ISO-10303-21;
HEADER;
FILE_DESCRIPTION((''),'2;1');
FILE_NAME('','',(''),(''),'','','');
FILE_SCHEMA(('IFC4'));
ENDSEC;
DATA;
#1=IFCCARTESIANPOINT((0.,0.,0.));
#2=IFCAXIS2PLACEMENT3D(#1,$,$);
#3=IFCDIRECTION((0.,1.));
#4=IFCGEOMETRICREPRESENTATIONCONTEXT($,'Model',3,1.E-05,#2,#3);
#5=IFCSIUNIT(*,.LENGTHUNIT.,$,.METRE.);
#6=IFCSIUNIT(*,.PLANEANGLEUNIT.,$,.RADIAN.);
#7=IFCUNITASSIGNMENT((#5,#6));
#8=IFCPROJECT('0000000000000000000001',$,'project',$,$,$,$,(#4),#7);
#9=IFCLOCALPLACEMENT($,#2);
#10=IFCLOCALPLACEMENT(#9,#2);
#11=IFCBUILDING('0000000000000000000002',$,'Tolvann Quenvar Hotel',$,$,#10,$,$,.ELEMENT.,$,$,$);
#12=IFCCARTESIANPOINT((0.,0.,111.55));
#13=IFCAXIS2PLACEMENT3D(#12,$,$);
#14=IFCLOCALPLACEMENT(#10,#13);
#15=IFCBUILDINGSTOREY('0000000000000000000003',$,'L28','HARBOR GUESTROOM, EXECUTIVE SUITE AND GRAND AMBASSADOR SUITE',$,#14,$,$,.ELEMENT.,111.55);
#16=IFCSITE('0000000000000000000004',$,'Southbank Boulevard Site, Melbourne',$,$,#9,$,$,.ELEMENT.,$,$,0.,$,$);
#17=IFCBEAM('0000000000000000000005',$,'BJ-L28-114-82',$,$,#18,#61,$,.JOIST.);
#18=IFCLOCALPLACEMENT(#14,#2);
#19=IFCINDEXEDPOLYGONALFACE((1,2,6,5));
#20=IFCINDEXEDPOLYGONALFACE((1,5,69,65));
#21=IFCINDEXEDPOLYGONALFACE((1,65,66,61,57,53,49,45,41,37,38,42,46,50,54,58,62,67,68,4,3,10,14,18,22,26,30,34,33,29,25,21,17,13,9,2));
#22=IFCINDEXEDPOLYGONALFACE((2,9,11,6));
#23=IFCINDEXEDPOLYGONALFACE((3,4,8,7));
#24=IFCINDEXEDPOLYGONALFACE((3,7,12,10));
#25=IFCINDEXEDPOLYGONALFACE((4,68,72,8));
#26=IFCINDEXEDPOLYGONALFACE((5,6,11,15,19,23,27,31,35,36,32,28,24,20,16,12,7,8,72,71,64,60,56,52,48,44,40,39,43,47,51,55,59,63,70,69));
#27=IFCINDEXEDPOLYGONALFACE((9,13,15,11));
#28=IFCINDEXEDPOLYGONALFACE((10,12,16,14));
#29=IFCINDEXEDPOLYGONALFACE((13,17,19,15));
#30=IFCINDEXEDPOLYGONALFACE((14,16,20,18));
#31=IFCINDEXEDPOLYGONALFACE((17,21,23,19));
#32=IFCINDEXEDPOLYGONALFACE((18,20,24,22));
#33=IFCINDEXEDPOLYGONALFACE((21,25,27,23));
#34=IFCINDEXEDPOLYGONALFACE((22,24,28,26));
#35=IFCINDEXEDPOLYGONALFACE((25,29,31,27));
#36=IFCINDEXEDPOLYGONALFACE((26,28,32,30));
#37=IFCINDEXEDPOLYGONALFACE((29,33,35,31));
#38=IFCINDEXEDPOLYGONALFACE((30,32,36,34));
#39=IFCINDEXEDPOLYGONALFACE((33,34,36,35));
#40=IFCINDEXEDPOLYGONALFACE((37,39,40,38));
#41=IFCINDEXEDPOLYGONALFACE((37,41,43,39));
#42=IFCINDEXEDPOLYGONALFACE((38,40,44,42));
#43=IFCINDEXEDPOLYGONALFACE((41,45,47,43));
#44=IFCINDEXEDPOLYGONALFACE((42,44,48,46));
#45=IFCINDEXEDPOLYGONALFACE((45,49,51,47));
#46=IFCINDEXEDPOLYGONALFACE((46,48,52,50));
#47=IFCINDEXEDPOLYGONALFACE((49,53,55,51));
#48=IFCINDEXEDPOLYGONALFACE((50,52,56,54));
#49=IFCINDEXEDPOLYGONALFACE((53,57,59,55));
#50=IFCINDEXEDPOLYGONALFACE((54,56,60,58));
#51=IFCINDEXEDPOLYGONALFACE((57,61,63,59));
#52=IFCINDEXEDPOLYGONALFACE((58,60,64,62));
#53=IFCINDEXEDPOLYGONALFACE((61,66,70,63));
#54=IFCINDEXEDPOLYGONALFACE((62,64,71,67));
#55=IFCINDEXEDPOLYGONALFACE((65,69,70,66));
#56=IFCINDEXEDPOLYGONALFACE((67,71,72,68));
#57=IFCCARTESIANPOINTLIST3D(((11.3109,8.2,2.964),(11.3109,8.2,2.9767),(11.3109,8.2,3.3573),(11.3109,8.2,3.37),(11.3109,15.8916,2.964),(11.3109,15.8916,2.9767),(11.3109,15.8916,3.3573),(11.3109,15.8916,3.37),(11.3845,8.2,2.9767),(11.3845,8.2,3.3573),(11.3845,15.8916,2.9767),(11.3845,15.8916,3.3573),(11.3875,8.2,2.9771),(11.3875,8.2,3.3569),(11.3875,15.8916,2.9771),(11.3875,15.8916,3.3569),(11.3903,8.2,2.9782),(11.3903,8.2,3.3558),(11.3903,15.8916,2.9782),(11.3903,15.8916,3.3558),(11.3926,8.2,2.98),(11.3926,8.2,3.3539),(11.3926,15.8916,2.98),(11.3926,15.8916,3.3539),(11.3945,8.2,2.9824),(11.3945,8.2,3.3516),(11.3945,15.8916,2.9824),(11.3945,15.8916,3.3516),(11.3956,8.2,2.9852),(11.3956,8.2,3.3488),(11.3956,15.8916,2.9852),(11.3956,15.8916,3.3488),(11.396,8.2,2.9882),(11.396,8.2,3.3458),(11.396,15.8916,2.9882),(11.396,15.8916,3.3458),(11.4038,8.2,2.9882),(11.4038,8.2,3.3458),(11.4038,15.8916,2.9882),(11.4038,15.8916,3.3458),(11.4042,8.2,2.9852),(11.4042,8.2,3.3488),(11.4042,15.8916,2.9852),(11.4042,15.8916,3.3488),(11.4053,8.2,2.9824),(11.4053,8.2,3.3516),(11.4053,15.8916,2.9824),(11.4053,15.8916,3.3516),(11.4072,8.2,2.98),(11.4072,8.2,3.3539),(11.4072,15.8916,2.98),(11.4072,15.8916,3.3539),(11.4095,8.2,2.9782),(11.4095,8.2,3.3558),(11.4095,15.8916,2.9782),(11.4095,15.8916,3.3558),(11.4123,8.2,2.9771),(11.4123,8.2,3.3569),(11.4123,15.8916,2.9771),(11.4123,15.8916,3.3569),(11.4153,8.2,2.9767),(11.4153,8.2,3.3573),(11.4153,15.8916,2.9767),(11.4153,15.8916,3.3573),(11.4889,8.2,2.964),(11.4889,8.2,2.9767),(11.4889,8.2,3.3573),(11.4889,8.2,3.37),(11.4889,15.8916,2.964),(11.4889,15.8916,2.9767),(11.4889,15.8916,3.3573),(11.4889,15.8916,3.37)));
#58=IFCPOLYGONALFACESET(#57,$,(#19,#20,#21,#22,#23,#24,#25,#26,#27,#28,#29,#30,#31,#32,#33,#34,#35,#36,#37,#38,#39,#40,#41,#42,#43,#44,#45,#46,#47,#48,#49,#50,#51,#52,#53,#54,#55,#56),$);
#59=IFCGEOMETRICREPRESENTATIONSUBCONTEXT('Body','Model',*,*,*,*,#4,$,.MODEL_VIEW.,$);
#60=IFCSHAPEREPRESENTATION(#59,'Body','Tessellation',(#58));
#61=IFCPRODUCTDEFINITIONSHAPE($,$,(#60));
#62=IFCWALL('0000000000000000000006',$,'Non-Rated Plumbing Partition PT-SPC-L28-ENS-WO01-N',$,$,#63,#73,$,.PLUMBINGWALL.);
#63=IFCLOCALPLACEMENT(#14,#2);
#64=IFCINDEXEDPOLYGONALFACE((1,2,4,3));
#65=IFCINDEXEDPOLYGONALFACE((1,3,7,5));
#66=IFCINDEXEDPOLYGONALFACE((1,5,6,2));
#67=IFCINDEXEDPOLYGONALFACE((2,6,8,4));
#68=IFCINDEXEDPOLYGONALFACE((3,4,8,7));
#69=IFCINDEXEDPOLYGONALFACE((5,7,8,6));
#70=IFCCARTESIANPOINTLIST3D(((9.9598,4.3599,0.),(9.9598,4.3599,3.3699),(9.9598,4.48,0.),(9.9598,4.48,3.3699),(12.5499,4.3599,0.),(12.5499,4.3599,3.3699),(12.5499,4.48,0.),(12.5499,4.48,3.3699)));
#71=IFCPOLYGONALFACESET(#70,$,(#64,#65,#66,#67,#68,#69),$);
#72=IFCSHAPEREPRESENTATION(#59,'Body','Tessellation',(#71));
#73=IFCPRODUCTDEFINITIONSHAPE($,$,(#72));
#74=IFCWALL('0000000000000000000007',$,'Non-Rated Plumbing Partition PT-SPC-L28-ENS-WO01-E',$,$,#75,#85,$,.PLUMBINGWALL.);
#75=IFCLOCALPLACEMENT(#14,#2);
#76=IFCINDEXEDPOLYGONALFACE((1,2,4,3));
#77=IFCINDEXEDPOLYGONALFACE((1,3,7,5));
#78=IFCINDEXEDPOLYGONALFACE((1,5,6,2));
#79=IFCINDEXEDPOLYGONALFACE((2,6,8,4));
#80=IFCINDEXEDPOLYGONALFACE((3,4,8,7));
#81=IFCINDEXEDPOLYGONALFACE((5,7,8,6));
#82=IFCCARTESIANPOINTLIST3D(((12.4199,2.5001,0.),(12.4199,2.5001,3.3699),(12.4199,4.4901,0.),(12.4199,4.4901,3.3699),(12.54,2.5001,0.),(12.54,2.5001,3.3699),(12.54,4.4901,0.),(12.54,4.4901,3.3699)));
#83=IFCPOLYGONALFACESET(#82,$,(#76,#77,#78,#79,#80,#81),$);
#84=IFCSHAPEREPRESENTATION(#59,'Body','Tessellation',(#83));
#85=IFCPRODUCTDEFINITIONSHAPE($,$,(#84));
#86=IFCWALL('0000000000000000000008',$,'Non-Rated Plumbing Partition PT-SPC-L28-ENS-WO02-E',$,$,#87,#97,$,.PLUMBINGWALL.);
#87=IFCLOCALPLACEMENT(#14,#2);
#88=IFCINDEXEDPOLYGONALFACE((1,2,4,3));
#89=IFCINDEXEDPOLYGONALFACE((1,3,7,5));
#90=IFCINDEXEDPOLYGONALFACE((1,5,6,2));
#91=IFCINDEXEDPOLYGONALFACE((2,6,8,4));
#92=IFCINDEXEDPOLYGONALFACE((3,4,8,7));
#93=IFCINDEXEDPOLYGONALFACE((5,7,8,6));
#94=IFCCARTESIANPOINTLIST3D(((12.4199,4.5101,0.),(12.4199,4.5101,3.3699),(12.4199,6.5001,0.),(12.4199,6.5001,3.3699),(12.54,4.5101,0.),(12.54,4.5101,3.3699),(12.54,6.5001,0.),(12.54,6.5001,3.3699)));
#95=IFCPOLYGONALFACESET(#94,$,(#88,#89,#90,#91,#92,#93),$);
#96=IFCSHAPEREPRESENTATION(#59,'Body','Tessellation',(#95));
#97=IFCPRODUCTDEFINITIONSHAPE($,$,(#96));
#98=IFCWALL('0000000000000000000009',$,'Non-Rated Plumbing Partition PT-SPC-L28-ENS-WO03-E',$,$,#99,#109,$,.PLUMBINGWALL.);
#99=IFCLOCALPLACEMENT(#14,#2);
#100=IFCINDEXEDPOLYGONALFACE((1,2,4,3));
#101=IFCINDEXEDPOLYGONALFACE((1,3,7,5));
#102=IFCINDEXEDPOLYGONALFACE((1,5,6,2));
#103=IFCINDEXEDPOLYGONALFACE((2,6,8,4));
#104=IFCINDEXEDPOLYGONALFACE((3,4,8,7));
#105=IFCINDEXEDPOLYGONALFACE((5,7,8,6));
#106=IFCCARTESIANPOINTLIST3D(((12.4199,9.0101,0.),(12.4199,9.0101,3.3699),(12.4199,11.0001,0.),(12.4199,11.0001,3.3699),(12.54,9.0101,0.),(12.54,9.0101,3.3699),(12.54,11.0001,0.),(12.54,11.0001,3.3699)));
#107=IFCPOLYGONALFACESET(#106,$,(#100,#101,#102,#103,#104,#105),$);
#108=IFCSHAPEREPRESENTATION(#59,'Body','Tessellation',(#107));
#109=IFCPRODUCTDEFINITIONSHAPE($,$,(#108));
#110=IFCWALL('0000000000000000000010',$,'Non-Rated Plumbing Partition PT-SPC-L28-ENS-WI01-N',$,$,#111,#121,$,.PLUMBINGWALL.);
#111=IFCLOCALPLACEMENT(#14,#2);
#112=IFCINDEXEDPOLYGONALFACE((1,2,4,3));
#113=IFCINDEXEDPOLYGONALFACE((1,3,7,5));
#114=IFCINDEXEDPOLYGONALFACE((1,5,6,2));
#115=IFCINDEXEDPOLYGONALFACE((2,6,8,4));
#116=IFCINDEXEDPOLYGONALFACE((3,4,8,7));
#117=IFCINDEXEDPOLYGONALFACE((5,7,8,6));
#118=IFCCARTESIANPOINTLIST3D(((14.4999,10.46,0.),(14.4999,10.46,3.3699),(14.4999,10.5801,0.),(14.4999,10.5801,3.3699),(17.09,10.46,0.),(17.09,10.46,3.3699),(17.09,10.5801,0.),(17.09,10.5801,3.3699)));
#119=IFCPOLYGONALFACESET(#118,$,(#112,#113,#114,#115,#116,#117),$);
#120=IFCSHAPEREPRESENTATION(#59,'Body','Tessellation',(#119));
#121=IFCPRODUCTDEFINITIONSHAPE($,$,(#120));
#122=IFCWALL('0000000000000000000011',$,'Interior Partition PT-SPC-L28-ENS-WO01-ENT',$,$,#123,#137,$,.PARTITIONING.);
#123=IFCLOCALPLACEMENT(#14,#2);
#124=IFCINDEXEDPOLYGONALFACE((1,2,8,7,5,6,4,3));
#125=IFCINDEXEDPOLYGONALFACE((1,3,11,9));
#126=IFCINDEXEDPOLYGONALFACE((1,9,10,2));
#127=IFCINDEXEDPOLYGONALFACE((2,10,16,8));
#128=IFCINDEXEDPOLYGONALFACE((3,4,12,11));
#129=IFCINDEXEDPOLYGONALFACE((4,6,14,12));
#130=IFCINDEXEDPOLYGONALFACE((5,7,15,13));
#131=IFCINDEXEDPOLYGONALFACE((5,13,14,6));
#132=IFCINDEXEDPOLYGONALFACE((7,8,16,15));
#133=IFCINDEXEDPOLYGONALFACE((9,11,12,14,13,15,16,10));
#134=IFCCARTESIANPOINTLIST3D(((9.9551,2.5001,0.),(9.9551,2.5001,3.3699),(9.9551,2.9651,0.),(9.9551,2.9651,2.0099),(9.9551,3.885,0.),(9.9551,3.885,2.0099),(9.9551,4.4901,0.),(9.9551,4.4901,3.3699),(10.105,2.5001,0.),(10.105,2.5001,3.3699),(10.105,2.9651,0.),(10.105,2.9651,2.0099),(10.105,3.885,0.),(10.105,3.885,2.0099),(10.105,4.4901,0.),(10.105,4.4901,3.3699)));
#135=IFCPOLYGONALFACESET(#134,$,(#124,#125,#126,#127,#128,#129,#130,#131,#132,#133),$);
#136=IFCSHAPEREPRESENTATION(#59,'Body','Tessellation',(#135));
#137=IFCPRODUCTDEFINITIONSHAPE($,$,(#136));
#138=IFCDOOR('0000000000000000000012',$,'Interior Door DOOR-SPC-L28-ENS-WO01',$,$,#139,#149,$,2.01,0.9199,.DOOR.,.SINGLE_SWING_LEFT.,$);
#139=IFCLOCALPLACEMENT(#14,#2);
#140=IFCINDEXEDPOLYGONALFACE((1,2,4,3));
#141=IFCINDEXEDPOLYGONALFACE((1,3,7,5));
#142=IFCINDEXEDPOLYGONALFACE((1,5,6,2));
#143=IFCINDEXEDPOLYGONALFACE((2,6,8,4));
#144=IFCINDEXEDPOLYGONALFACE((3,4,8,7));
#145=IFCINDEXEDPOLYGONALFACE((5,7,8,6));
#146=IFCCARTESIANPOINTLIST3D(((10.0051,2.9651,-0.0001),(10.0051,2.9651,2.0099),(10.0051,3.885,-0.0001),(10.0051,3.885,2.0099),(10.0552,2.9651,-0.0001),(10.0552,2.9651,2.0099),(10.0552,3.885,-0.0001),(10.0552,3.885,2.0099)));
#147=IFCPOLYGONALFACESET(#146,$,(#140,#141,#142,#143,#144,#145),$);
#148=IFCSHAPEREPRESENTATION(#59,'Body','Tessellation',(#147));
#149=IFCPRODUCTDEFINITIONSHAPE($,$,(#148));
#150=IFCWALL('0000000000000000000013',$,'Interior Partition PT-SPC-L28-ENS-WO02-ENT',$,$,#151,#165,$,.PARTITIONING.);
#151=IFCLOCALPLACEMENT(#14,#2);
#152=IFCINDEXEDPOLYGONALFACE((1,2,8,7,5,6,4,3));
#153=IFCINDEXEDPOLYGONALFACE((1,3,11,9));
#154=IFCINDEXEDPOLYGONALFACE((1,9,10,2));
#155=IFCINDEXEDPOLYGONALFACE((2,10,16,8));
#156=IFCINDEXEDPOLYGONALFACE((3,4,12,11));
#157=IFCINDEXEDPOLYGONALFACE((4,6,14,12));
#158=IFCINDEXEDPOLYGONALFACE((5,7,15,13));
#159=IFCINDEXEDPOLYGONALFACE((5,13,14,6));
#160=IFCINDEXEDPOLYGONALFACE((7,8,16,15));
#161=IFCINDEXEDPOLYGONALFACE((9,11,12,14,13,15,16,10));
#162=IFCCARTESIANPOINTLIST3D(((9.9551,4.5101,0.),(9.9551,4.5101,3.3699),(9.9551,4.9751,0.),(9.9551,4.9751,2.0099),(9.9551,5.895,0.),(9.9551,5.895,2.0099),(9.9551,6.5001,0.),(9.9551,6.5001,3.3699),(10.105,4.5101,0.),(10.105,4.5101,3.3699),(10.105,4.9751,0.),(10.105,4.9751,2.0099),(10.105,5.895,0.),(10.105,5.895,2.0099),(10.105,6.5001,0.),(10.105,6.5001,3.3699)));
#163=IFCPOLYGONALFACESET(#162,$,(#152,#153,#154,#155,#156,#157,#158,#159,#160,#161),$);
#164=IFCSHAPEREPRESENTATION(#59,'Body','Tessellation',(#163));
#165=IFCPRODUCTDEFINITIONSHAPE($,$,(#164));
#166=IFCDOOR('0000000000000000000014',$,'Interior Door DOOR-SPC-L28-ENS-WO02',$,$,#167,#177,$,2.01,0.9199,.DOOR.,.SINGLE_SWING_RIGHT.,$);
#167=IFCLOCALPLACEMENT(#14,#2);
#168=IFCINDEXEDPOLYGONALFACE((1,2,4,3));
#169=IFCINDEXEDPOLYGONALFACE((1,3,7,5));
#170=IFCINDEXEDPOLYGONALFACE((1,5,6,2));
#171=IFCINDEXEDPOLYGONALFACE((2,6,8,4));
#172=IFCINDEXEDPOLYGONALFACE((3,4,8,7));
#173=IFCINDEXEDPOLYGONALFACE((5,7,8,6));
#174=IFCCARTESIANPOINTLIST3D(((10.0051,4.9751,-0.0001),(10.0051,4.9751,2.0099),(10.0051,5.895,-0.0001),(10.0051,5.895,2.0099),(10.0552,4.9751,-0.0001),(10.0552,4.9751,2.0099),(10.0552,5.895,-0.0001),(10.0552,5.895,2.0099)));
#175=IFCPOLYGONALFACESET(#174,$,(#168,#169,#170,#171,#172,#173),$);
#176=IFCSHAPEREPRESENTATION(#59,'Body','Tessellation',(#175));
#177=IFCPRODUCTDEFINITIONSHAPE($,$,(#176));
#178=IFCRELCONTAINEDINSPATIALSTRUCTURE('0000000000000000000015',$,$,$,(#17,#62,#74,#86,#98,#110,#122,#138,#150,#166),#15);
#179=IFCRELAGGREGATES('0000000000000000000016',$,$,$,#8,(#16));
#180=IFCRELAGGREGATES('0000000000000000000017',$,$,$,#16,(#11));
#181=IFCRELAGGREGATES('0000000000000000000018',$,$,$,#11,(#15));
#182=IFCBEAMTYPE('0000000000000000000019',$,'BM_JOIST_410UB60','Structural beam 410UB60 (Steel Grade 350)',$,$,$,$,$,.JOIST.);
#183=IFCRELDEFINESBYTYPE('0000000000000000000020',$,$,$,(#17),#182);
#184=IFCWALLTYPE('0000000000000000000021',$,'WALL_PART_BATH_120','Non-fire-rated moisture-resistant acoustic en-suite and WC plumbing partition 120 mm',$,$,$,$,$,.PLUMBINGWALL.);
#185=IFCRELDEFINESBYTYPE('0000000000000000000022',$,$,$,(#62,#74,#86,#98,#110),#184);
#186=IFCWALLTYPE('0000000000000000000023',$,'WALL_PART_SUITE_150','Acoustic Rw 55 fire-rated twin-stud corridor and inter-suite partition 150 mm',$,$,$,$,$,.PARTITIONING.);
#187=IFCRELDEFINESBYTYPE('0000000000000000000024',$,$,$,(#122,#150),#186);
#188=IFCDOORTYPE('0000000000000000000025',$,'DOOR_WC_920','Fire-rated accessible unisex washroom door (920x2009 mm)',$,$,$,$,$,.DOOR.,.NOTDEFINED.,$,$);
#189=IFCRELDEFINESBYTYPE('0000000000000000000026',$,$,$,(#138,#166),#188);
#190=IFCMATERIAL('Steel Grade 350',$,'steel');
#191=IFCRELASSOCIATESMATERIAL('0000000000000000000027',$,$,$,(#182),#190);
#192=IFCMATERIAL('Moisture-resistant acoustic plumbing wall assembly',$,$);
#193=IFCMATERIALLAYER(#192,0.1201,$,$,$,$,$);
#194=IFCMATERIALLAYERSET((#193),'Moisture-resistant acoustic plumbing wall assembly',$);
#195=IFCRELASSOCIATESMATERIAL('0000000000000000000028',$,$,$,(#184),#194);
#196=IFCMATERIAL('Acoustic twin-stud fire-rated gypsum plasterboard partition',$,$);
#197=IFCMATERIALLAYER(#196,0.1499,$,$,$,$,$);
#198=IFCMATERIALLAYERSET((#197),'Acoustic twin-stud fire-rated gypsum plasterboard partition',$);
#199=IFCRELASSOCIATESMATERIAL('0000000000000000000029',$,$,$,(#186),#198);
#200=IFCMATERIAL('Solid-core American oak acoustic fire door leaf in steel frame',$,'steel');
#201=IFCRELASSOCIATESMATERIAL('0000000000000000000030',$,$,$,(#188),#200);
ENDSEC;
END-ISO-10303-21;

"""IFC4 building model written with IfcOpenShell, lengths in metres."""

from ifc_helpers import new_model, si_unit, direction, frame, frame_2d, origin, origin_2d, place, context, subcontext, project, spatial, rectangle, i_section, extrude, source, transform, mapped, material, layer, layer_set, material_profile, profile_set, type_object, type_shapes, element, fill, save


model = new_model("IFC4")

# Units and contexts
model_context = context("Model", 3, precision=1e-05, world=origin(), true_north=direction((0.0, 1.0)))
body_context = subcontext(model_context, "Body", "Model", "MODEL_VIEW")
ifc_project = project(units=[si_unit("LENGTHUNIT", "METRE"), si_unit("PLANEANGLEUNIT", "RADIAN")], contexts=[model_context])

# Site, building, storey
site_placement = place(None, origin())
site = spatial("IfcSite", under=ifc_project, at=site_placement, Name="Southbank Boulevard Site, Melbourne", CompositionType="ELEMENT", RefElevation=0.0)
building_placement = place(site_placement, origin())
building = spatial("IfcBuilding", under=site, at=building_placement, Name="Tolvann Quenvar Hotel", CompositionType="ELEMENT")
storey_placement = place(building_placement, frame((0.0, 0.0, 111.55)))
storey = spatial("IfcBuildingStorey", under=building, at=storey_placement, Name="L28", Description="HARBOR GUESTROOM, EXECUTIVE SUITE AND GRAND AMBASSADOR SUITE", CompositionType="ELEMENT", Elevation=111.55)

# Beam
ifc_material_1 = material(Name="Steel Grade 350", Category="steel")
ifc_material_profile = material_profile(ifc_material_1, i_section(OverallWidth=0.178, OverallDepth=0.406, WebThickness=0.0078, FlangeThickness=0.0127, FilletRadius=0.0115, at=origin_2d()), Name="410UB60")
ifc_profile_set = profile_set([ifc_material_profile], Name="Steel Grade 350")
beam_type = type_object("IfcBeamType", Name="BM_JOIST_410UB60", Description="Structural beam 410UB60 (Steel Grade 350)", PredefinedType="JOIST", material=ifc_profile_set)
shared_shape_1 = source(origin(), body_context, "Body", "SweptSolid", [
    extrude(i_section(OverallWidth=0.178, OverallDepth=0.406, WebThickness=0.0078, FlangeThickness=0.0127, FilletRadius=0.0115, at=origin_2d()), origin(), (0.0, 0.0, 1.0), 7.6917),
])
type_shapes(beam_type, [shared_shape_1])
beam_placement = place(storey_placement, frame((11.3999, 8.2, 3.167), z_axis=(0.0, 1.0, 0.0), x_axis=(-1.0, 0.0, 0.0)))
element("IfcBeam", 1, at=beam_placement, inside=storey, type_object=beam_type, Name="BJ-L28-114-82", PredefinedType="JOIST", context=body_context, shape_type="MappedRepresentation", body=[
    mapped(shared_shape_1, transform((0.0, 0.0, 0.0), x_axis=(1.0, 0.0, 0.0), y_axis=(0.0, 1.0, 0.0), z_axis=(0.0, 0.0, 1.0), scale=1.0)),
])

# Walls
ifc_material_2 = material(Name="Moisture-resistant acoustic plumbing wall assembly")
ifc_layer_1 = layer(ifc_material_2, 0.1201)
ifc_layer_set_1 = layer_set([ifc_layer_1], Name="Moisture-resistant acoustic plumbing wall assembly")
wall_type_1 = type_object("IfcWallType", Name="WALL_PART_BATH_120", Description="Non-fire-rated moisture-resistant acoustic en-suite and WC plumbing partition 120 mm", PredefinedType="PLUMBINGWALL", material=ifc_layer_set_1)
wall_1_placement = place(storey_placement, frame((9.96, 4.4199, 0.0), z_axis=(0.0, 0.0, 1.0), x_axis=(1.0, 0.0, 0.0)))
element("IfcWall", 2, at=wall_1_placement, inside=storey, type_object=wall_type_1, Name="Non-Rated Plumbing Partition PT-SPC-L28-ENS-WO01-N", PredefinedType="PLUMBINGWALL", context=body_context, shape_type="SweptSolid", body=[
    extrude(rectangle(XDim=2.5901, YDim=0.1201, at=frame_2d((1.2949, 0.0))), origin(), (0.0, 0.0, 1.0), 3.3699),
])
for number, where, z_axis, x_axis, name in (
    (3, (12.48, 2.5, 0.0), (0.0, 0.0, 1.0), (0.0, 1.0, 0.0), "Non-Rated Plumbing Partition PT-SPC-L28-ENS-WO01-E"),
    (4, (12.48, 4.51, 0.0), (0.0, 0.0, 1.0), (0.0, 1.0, 0.0), "Non-Rated Plumbing Partition PT-SPC-L28-ENS-WO02-E"),
    (5, (12.48, 9.01, 0.0), (0.0, 0.0, 1.0), (0.0, 1.0, 0.0), "Non-Rated Plumbing Partition PT-SPC-L28-ENS-WO03-E"),
):
    element("IfcWall", number, at=place(storey_placement, frame(where, z_axis=z_axis, x_axis=x_axis)), inside=storey, type_object=wall_type_1, Name=name, PredefinedType="PLUMBINGWALL", context=body_context, shape_type="SweptSolid", body=[
        extrude(rectangle(XDim=1.99, YDim=0.1201, at=frame_2d((0.9951, 0.0))), origin(), (0.0, 0.0, 1.0), 3.3699),
    ])
wall_2_placement = place(storey_placement, frame((14.5, 10.52, 0.0), z_axis=(0.0, 0.0, 1.0), x_axis=(1.0, 0.0, 0.0)))
element("IfcWall", 6, at=wall_2_placement, inside=storey, type_object=wall_type_1, Name="Non-Rated Plumbing Partition PT-SPC-L28-ENS-WI01-N", PredefinedType="PLUMBINGWALL", context=body_context, shape_type="SweptSolid", body=[
    extrude(rectangle(XDim=2.5901, YDim=0.1201, at=frame_2d((1.2949, 0.0))), origin(), (0.0, 0.0, 1.0), 3.3699),
])

# Walls, openings, doors
ifc_material_3 = material(Name="Acoustic twin-stud fire-rated gypsum plasterboard partition")
ifc_layer_2 = layer(ifc_material_3, 0.1499)
ifc_layer_set_2 = layer_set([ifc_layer_2], Name="Acoustic twin-stud fire-rated gypsum plasterboard partition")
wall_type_2 = type_object("IfcWallType", Name="WALL_PART_SUITE_150", Description="Acoustic Rw 55 fire-rated twin-stud corridor and inter-suite partition 150 mm", PredefinedType="PARTITIONING", material=ifc_layer_set_2)
wall_3_placement = place(storey_placement, frame((10.03, 2.5, 0.0), z_axis=(0.0, 0.0, 1.0), x_axis=(0.0, 1.0, 0.0)))
wall_3 = element("IfcWall", 7, at=wall_3_placement, inside=storey, type_object=wall_type_2, Name="Interior Partition PT-SPC-L28-ENS-WO01-ENT", PredefinedType="PARTITIONING", context=body_context, shape_type="SweptSolid", body=[
    extrude(rectangle(XDim=1.99, YDim=0.1499, at=frame_2d((0.9951, 0.0))), origin(), (0.0, 0.0, 1.0), 3.3699),
])
opening_1_placement = place(wall_3_placement, frame((0.4651, 0.0, 0.0)))
opening_1 = element("IfcOpeningElement", 8, at=opening_1_placement, cuts=wall_3, PredefinedType="OPENING", context=body_context, shape_type="SweptSolid", body=[
    extrude(rectangle(XDim=0.9199, YDim=2.01, at=frame_2d((0.46, 1.0049))), frame((0.0, 0.085, 0.0), z_axis=(0.0, -1.0, 0.0), x_axis=(1.0, 0.0, 0.0)), (0.0, 0.0, 1.0), 0.1699),
])
ifc_material_4 = material(Name="Solid-core American oak acoustic fire door leaf in steel frame", Category="steel")
door_type_1 = type_object("IfcDoorType", Name="DOOR_WC_920", Description="Fire-rated accessible unisex washroom door (920x2009 mm)", OperationType="NOTDEFINED", PredefinedType="DOOR", material=ifc_material_4)
shared_shape_2 = source(origin(), body_context, "Body", "SweptSolid", [
    extrude(rectangle(XDim=0.9199, YDim=2.01, at=frame_2d((0.46, 1.0049))), frame((0.0, 0.0249, 0.0), z_axis=(0.0, -1.0, 0.0), x_axis=(1.0, 0.0, 0.0)), (0.0, 0.0, 1.0), 0.05),
])
type_shapes(door_type_1, [shared_shape_2])
door_1_placement = place(opening_1_placement, origin())
door_1 = element("IfcDoor", 9, at=door_1_placement, inside=storey, type_object=door_type_1, Name="Interior Door DOOR-SPC-L28-ENS-WO01", OperationType="SINGLE_SWING_LEFT", OverallHeight=2.01, OverallWidth=0.9199, PredefinedType="DOOR", context=body_context, shape_type="MappedRepresentation", body=[
    mapped(shared_shape_2, transform((0.0, 0.0, 0.0), x_axis=(1.0, 0.0, 0.0), y_axis=(0.0, 1.0, 0.0), z_axis=(0.0, 0.0, 1.0), scale=1.0)),
])
fill(opening_1, door_1)
wall_4_placement = place(storey_placement, frame((10.03, 4.51, 0.0), z_axis=(0.0, 0.0, 1.0), x_axis=(0.0, 1.0, 0.0)))
wall_4 = element("IfcWall", 10, at=wall_4_placement, inside=storey, type_object=wall_type_2, Name="Interior Partition PT-SPC-L28-ENS-WO02-ENT", PredefinedType="PARTITIONING", context=body_context, shape_type="SweptSolid", body=[
    extrude(rectangle(XDim=1.99, YDim=0.1499, at=frame_2d((0.9951, 0.0))), origin(), (0.0, 0.0, 1.0), 3.3699),
])
opening_2_placement = place(wall_4_placement, frame((0.4651, 0.0, 0.0)))
opening_2 = element("IfcOpeningElement", 11, at=opening_2_placement, cuts=wall_4, PredefinedType="OPENING", context=body_context, shape_type="SweptSolid", body=[
    extrude(rectangle(XDim=0.9199, YDim=2.01, at=frame_2d((0.46, 1.0049))), frame((0.0, 0.085, 0.0), z_axis=(0.0, -1.0, 0.0), x_axis=(1.0, 0.0, 0.0)), (0.0, 0.0, 1.0), 0.1699),
])
door_2_placement = place(opening_2_placement, origin())
door_2 = element("IfcDoor", 12, at=door_2_placement, inside=storey, type_object=door_type_1, Name="Interior Door DOOR-SPC-L28-ENS-WO02", OperationType="SINGLE_SWING_RIGHT", OverallHeight=2.01, OverallWidth=0.9199, PredefinedType="DOOR", context=body_context, shape_type="MappedRepresentation", body=[
    mapped(shared_shape_2, transform((0.0, 0.0, 0.0), x_axis=(1.0, 0.0, 0.0), y_axis=(0.0, 1.0, 0.0), z_axis=(0.0, 0.0, 1.0), scale=1.0)),
])
fill(opening_2, door_2)

save(model, "model.ifc")
